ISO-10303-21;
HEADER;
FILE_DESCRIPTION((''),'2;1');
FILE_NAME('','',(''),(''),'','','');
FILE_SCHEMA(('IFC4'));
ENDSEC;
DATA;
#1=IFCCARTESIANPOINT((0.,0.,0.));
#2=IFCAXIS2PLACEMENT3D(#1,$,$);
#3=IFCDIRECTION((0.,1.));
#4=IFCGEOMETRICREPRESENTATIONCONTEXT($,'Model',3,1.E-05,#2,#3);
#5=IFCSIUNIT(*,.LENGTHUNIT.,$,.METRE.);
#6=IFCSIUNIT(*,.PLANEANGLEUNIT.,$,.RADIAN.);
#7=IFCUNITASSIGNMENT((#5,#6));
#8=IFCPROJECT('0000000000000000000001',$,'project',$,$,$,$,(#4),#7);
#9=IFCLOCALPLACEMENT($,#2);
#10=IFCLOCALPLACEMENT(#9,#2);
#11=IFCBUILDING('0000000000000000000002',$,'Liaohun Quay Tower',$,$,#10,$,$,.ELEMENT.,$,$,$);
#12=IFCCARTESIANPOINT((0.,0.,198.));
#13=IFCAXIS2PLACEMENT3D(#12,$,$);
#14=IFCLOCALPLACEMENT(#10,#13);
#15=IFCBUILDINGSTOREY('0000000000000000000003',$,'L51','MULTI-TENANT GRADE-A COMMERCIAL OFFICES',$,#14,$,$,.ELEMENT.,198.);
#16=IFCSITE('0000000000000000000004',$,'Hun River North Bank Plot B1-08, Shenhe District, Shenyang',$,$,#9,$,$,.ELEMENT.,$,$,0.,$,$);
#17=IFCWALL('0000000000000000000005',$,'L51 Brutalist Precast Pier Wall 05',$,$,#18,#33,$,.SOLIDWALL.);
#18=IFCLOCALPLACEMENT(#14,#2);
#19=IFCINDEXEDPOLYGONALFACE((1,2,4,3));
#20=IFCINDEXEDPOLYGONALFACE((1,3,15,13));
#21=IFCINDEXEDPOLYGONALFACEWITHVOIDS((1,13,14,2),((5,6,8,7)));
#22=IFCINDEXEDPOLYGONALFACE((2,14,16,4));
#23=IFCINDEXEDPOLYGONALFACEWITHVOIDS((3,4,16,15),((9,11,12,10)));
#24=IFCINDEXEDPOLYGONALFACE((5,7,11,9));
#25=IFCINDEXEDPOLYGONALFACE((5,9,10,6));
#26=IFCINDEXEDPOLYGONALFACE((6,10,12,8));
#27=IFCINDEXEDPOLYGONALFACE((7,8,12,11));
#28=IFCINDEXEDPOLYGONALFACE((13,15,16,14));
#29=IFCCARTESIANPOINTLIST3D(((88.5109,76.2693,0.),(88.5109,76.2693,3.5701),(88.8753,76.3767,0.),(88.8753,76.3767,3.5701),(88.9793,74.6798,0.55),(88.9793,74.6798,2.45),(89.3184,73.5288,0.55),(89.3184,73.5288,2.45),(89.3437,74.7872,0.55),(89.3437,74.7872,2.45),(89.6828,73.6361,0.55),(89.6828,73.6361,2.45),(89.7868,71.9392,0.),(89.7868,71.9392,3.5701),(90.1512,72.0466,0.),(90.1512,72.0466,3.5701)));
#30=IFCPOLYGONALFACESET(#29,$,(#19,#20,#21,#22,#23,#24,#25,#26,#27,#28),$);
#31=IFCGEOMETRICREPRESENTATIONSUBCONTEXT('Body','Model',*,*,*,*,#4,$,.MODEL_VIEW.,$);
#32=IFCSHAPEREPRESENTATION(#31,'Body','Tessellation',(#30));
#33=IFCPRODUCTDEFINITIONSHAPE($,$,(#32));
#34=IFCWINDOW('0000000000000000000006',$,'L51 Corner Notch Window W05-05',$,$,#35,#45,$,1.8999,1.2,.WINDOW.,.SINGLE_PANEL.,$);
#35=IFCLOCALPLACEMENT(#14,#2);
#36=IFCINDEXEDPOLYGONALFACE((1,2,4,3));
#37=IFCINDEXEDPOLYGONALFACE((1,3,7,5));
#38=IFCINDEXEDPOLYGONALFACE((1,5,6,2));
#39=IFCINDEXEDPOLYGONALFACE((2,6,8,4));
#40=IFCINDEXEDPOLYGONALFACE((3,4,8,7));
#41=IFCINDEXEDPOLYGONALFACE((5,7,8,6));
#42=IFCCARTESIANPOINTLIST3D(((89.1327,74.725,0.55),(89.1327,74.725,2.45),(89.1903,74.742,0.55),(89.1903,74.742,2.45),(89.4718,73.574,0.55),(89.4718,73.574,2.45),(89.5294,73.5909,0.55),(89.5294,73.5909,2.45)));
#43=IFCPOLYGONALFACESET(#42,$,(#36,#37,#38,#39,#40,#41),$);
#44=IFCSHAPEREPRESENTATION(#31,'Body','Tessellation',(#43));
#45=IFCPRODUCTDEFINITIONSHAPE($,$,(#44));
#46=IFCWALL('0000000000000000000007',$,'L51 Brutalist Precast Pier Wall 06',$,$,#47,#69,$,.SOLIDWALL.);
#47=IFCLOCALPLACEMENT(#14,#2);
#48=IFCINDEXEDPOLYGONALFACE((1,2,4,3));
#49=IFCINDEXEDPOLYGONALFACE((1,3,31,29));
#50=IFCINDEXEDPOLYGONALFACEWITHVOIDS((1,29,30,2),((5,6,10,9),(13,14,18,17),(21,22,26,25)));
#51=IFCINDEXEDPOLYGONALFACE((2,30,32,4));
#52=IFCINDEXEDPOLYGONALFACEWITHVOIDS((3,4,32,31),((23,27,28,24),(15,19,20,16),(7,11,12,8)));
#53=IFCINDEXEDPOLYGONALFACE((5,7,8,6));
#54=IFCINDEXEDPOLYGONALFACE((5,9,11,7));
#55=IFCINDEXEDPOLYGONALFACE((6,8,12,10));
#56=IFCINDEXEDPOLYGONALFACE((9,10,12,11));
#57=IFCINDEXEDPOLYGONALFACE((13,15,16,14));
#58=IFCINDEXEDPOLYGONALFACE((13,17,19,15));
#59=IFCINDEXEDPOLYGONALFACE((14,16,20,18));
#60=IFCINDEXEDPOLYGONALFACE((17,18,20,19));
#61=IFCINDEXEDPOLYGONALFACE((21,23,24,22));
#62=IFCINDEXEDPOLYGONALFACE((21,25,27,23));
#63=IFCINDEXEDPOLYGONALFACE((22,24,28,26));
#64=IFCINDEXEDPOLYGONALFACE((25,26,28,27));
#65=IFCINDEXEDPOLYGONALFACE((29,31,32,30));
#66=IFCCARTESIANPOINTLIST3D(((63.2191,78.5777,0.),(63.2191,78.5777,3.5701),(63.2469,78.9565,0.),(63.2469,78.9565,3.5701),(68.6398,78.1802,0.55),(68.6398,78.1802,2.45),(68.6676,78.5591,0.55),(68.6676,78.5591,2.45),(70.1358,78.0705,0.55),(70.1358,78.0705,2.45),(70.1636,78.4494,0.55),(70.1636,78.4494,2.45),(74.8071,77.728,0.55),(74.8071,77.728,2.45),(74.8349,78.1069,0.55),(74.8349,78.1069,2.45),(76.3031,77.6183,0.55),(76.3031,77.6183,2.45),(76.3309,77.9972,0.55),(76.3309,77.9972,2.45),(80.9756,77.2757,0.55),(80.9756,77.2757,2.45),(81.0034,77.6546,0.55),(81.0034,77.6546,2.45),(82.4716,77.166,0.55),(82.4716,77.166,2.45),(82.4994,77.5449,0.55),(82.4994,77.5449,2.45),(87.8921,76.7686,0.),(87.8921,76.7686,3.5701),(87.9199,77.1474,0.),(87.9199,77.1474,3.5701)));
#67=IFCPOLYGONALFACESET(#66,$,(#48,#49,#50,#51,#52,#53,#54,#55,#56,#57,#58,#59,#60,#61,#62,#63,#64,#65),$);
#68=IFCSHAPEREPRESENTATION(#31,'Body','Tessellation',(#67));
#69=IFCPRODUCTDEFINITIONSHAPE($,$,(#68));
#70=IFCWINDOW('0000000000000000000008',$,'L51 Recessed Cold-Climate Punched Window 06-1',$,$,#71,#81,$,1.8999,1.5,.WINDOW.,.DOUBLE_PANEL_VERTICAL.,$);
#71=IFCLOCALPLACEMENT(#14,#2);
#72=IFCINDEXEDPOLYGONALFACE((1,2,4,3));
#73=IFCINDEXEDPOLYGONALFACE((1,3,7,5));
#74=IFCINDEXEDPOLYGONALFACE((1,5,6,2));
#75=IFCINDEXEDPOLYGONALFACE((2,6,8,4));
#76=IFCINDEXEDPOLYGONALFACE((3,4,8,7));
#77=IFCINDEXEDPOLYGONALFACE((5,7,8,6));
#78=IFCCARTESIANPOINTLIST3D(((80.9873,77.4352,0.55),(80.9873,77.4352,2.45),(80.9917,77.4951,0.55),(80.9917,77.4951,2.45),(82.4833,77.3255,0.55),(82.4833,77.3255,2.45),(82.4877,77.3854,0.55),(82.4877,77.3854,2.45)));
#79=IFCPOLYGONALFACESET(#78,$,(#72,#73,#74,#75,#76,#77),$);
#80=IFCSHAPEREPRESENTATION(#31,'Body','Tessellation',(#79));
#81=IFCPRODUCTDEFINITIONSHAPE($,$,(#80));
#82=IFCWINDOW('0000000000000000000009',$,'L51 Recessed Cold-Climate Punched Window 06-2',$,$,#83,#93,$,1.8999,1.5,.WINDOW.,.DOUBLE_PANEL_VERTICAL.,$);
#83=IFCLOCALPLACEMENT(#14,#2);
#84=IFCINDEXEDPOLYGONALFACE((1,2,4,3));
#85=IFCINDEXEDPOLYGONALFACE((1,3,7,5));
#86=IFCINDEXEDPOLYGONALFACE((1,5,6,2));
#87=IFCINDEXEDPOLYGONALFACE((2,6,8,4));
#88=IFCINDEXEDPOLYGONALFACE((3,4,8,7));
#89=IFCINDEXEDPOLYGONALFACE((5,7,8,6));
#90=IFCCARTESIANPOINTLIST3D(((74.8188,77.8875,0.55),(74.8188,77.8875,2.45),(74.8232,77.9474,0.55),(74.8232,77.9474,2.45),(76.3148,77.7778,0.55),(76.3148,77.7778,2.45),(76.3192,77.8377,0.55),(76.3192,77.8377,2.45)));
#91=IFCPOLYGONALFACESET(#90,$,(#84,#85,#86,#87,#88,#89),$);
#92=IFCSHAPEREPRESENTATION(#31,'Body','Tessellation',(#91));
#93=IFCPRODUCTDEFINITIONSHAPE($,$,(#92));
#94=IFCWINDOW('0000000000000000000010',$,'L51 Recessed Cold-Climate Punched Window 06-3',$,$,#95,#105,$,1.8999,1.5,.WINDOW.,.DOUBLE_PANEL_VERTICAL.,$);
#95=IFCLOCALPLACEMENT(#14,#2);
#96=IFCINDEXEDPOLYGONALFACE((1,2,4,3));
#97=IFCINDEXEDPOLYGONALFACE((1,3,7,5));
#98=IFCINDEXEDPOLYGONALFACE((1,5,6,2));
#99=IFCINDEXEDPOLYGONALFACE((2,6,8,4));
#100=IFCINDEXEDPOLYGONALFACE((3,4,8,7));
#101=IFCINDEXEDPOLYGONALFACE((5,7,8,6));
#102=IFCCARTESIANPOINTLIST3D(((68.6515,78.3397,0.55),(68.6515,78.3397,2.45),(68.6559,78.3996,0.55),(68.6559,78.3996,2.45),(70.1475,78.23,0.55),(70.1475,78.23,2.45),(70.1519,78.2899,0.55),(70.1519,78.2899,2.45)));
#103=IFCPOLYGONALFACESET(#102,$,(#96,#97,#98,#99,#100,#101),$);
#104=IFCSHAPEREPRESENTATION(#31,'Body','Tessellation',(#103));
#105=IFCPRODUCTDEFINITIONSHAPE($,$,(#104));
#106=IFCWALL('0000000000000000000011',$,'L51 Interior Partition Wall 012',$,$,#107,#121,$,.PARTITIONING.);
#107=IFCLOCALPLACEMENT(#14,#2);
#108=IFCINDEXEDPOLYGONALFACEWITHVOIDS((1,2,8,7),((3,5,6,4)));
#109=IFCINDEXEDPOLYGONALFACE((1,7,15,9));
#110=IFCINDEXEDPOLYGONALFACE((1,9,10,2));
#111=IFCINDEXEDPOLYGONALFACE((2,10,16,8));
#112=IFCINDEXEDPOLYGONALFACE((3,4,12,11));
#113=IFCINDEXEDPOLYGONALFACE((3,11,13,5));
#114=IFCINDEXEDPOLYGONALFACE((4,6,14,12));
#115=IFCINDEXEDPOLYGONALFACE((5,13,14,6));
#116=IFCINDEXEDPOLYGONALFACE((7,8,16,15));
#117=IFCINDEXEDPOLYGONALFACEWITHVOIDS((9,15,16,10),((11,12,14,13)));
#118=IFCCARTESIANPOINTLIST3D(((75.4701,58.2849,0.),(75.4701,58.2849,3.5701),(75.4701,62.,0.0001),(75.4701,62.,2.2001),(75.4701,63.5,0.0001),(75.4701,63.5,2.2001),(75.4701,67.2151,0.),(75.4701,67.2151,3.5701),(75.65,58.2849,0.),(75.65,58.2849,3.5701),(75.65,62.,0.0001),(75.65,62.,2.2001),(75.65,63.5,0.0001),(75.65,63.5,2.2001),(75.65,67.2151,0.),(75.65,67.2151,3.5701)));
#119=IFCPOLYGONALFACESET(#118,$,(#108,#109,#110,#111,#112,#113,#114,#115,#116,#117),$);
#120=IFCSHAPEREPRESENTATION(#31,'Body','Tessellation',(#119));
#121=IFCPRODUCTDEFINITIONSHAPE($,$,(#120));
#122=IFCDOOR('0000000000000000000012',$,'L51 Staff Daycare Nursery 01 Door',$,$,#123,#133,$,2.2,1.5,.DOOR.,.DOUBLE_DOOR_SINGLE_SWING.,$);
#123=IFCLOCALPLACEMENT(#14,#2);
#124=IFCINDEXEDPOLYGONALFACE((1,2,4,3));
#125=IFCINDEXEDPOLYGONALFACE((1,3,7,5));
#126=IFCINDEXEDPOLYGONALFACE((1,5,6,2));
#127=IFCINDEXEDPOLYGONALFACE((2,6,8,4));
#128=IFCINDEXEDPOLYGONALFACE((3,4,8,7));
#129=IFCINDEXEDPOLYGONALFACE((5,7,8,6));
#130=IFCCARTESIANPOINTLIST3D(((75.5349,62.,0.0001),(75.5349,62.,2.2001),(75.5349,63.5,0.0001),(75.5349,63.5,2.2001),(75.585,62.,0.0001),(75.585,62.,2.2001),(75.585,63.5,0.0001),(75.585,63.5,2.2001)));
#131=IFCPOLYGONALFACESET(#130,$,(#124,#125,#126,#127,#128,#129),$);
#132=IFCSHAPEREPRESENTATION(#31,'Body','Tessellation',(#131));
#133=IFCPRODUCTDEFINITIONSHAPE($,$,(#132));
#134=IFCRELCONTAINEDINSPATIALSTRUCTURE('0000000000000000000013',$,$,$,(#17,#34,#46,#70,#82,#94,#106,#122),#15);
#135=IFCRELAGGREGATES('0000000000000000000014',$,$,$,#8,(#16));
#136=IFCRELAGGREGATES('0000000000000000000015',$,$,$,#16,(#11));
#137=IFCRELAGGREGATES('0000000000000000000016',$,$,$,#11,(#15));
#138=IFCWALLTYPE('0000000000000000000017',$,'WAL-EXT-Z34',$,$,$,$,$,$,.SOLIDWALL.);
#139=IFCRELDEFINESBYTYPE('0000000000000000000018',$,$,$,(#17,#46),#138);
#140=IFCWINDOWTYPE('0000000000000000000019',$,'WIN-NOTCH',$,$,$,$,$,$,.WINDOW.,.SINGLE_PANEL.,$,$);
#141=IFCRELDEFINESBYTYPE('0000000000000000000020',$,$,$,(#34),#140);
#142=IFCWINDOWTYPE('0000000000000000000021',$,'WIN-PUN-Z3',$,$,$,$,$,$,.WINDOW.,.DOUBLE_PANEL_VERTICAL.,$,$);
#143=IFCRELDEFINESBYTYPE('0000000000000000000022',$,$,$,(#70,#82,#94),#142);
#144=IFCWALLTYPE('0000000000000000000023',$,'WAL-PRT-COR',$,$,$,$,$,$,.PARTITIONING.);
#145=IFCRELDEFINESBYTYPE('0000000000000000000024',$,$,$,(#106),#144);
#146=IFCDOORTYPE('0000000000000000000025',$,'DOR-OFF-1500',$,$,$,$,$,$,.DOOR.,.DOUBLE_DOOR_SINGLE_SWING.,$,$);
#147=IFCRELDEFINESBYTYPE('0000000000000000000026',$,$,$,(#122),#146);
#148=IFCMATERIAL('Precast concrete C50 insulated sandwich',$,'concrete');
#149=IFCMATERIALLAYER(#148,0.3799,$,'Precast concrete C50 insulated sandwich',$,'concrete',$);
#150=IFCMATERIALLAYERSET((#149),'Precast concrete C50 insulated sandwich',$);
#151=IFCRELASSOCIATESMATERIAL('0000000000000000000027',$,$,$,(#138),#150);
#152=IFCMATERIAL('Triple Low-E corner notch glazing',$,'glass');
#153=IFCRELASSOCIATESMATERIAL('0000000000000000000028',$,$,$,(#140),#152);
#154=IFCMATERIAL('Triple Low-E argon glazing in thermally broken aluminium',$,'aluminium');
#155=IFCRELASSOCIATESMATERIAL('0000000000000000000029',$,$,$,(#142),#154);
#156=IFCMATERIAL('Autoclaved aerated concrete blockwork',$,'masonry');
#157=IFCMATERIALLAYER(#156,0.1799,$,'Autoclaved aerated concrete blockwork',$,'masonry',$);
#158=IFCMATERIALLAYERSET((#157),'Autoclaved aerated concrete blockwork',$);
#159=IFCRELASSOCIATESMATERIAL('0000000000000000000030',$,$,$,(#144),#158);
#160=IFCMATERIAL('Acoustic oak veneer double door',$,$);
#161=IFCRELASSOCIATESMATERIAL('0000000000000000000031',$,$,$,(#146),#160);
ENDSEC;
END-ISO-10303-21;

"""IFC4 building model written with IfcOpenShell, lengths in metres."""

from ifc_helpers import new_model, si_unit, direction, frame, frame_2d, origin, place, context, subcontext, project, spatial, rectangle, extrude, source, transform, mapped, material, layer, layer_set, type_object, element, fill, save


model = new_model("IFC4")

# Units and contexts
model_context = context("Model", 3, precision=1e-05, world=origin(), true_north=direction((0.0, 1.0)))
body_context = subcontext(model_context, "Body", "Model", "MODEL_VIEW")
ifc_project = project(units=[si_unit("LENGTHUNIT", "METRE"), si_unit("PLANEANGLEUNIT", "RADIAN")], contexts=[model_context])

# Site, building, storey
site_placement = place(None, origin())
site = spatial("IfcSite", under=ifc_project, at=site_placement, Name="Hun River North Bank Plot B1-08, Shenhe District, Shenyang", CompositionType="ELEMENT", RefElevation=0.0)
building_placement = place(site_placement, origin())
building = spatial("IfcBuilding", under=site, at=building_placement, Name="Liaohun Quay Tower", CompositionType="ELEMENT")
storey_placement = place(building_placement, frame((0.0, 0.0, 198.0)))
storey = spatial("IfcBuildingStorey", under=building, at=storey_placement, Name="L51", Description="MULTI-TENANT GRADE-A COMMERCIAL OFFICES", CompositionType="ELEMENT", Elevation=198.0)

# Wall, opening, window
ifc_material_1 = material(Name="Precast concrete C50 insulated sandwich", Category="concrete")
ifc_layer_1 = layer(ifc_material_1, 0.3799, Name="Precast concrete C50 insulated sandwich", Category="concrete")
ifc_layer_set_1 = layer_set([ifc_layer_1], Name="Precast concrete C50 insulated sandwich")
wall_type_1 = type_object("IfcWallType", Name="WAL-EXT-Z34", PredefinedType="SOLIDWALL", material=ifc_layer_set_1)
shared_shape_1 = source(origin(), body_context, "Body", "SweptSolid", [
    extrude(rectangle(XDim=1.2, YDim=1.8999, at=frame_2d((0.6001, 0.95))), frame((0.0, 0.2, 0.0), z_axis=(0.0, -1.0, 0.0), x_axis=(1.0, 0.0, 0.0)), (0.0, 0.0, 1.0), 0.3999),
])
ifc_material_2 = material(Name="Triple Low-E corner notch glazing", Category="glass")
window_type_1 = type_object("IfcWindowType", Name="WIN-NOTCH", PartitioningType="SINGLE_PANEL", PredefinedType="WINDOW", material=ifc_material_2)
shared_shape_2 = source(origin(), body_context, "Body", "SweptSolid", [
    extrude(rectangle(XDim=1.2, YDim=1.8999, at=frame_2d((0.6001, 0.95))), frame((0.0, 0.03, 0.0), z_axis=(0.0, -1.0, 0.0), x_axis=(1.0, 0.0, 0.0)), (0.0, 0.0, 1.0), 0.0601),
])
wall_1_placement = place(storey_placement, frame((89.969, 71.9929, 0.0), z_axis=(0.0, 0.0, 1.0), x_axis=(-0.282641, 0.959226, 0.0)))
wall_1 = element("IfcWall", 1, at=wall_1_placement, inside=storey, type_object=wall_type_1, Name="L51 Brutalist Precast Pier Wall 05", PredefinedType="SOLIDWALL", context=body_context, shape_type="SweptSolid", body=[
    extrude(rectangle(XDim=4.5142, YDim=0.3799, at=frame_2d((2.2571, 0.0))), origin(), (0.0, 0.0, 1.0), 3.5701),
])
opening_1_placement = place(wall_1_placement, frame((1.657, 0.0, 0.55)))
opening_1 = element("IfcOpeningElement", 2, at=opening_1_placement, cuts=wall_1, PredefinedType="OPENING", context=body_context, shape_type="MappedRepresentation", body=[
    mapped(shared_shape_1, transform((0.0, 0.0, 0.0), x_axis=(1.0, 0.0, 0.0), y_axis=(0.0, 1.0, 0.0), z_axis=(0.0, 0.0, 1.0), scale=1.0)),
])
window_1_placement = place(opening_1_placement, origin())
window_1 = element("IfcWindow", 3, at=window_1_placement, inside=storey, type_object=window_type_1, Name="L51 Corner Notch Window W05-05", OverallHeight=1.8999, OverallWidth=1.2, PartitioningType="SINGLE_PANEL", PredefinedType="WINDOW", context=body_context, shape_type="MappedRepresentation", body=[
    mapped(shared_shape_2, transform((0.0, 0.0, 0.0), x_axis=(1.0, 0.0, 0.0), y_axis=(0.0, 1.0, 0.0), z_axis=(0.0, 0.0, 1.0), scale=1.0)),
])
fill(opening_1, window_1)

# Wall, openings, windows
wall_2_placement = place(storey_placement, frame((87.906, 76.958, 0.0), z_axis=(0.0, 0.0, 1.0), x_axis=(-0.997323, 0.073126, 0.0)))
wall_2 = element("IfcWall", 4, at=wall_2_placement, inside=storey, type_object=wall_type_1, Name="L51 Brutalist Precast Pier Wall 06", PredefinedType="SOLIDWALL", context=body_context, shape_type="SweptSolid", body=[
    extrude(rectangle(XDim=24.7393, YDim=0.3799, at=frame_2d((12.3696, 0.0))), origin(), (0.0, 0.0, 1.0), 3.5701),
])
shared_shape_3 = source(origin(), body_context, "Body", "SweptSolid", [
    extrude(rectangle(XDim=1.5, YDim=1.8999, at=frame_2d((0.75, 0.95))), frame((0.0, 0.2, 0.0), z_axis=(0.0, -1.0, 0.0), x_axis=(1.0, 0.0, 0.0)), (0.0, 0.0, 1.0), 0.3999),
])
opening_2_placement = place(wall_2_placement, frame((5.4351, 0.0, 0.55)))
opening_2 = element("IfcOpeningElement", 5, at=opening_2_placement, cuts=wall_2, PredefinedType="OPENING", context=body_context, shape_type="MappedRepresentation", body=[
    mapped(shared_shape_3, transform((0.0, 0.0, 0.0), x_axis=(1.0, 0.0, 0.0), y_axis=(0.0, 1.0, 0.0), z_axis=(0.0, 0.0, 1.0), scale=1.0)),
])
opening_3_placement = place(wall_2_placement, frame((11.6201, 0.0, 0.55)))
opening_3 = element("IfcOpeningElement", 6, at=opening_3_placement, cuts=wall_2, PredefinedType="OPENING", context=body_context, shape_type="MappedRepresentation", body=[
    mapped(shared_shape_3, transform((0.0, 0.0, 0.0), x_axis=(1.0, 0.0, 0.0), y_axis=(0.0, 1.0, 0.0), z_axis=(0.0, 0.0, 1.0), scale=1.0)),
])
opening_4_placement = place(wall_2_placement, frame((17.804, 0.0, 0.55)))
opening_4 = element("IfcOpeningElement", 7, at=opening_4_placement, cuts=wall_2, PredefinedType="OPENING", context=body_context, shape_type="MappedRepresentation", body=[
    mapped(shared_shape_3, transform((0.0, 0.0, 0.0), x_axis=(1.0, 0.0, 0.0), y_axis=(0.0, 1.0, 0.0), z_axis=(0.0, 0.0, 1.0), scale=1.0)),
])
ifc_material_3 = material(Name="Triple Low-E argon glazing in thermally broken aluminium", Category="aluminium")
window_type_2 = type_object("IfcWindowType", Name="WIN-PUN-Z3", PartitioningType="DOUBLE_PANEL_VERTICAL", PredefinedType="WINDOW", material=ifc_material_3)
shared_shape_4 = source(origin(), body_context, "Body", "SweptSolid", [
    extrude(rectangle(XDim=1.5, YDim=1.8999, at=frame_2d((0.75, 0.95))), frame((0.0, 0.03, 0.0), z_axis=(0.0, -1.0, 0.0), x_axis=(1.0, 0.0, 0.0)), (0.0, 0.0, 1.0), 0.0601),
])
window_2_placement = place(opening_2_placement, origin())
window_2 = element("IfcWindow", 8, at=window_2_placement, inside=storey, type_object=window_type_2, Name="L51 Recessed Cold-Climate Punched Window 06-1", OverallHeight=1.8999, OverallWidth=1.5, PartitioningType="DOUBLE_PANEL_VERTICAL", PredefinedType="WINDOW", context=body_context, shape_type="MappedRepresentation", body=[
    mapped(shared_shape_4, transform((0.0, 0.0, 0.0), x_axis=(1.0, 0.0, 0.0), y_axis=(0.0, 1.0, 0.0), z_axis=(0.0, 0.0, 1.0), scale=1.0)),
])
fill(opening_2, window_2)
window_3_placement = place(opening_3_placement, origin())
window_3 = element("IfcWindow", 9, at=window_3_placement, inside=storey, type_object=window_type_2, Name="L51 Recessed Cold-Climate Punched Window 06-2", OverallHeight=1.8999, OverallWidth=1.5, PartitioningType="DOUBLE_PANEL_VERTICAL", PredefinedType="WINDOW", context=body_context, shape_type="MappedRepresentation", body=[
    mapped(shared_shape_4, transform((0.0, 0.0, 0.0), x_axis=(1.0, 0.0, 0.0), y_axis=(0.0, 1.0, 0.0), z_axis=(0.0, 0.0, 1.0), scale=1.0)),
])
fill(opening_3, window_3)
window_4_placement = place(opening_4_placement, origin())
window_4 = element("IfcWindow", 10, at=window_4_placement, inside=storey, type_object=window_type_2, Name="L51 Recessed Cold-Climate Punched Window 06-3", OverallHeight=1.8999, OverallWidth=1.5, PartitioningType="DOUBLE_PANEL_VERTICAL", PredefinedType="WINDOW", context=body_context, shape_type="MappedRepresentation", body=[
    mapped(shared_shape_4, transform((0.0, 0.0, 0.0), x_axis=(1.0, 0.0, 0.0), y_axis=(0.0, 1.0, 0.0), z_axis=(0.0, 0.0, 1.0), scale=1.0)),
])
fill(opening_4, window_4)

# Wall, opening, door
ifc_material_4 = material(Name="Autoclaved aerated concrete blockwork", Category="masonry")
ifc_layer_2 = layer(ifc_material_4, 0.1799, Name="Autoclaved aerated concrete blockwork", Category="masonry")
ifc_layer_set_2 = layer_set([ifc_layer_2], Name="Autoclaved aerated concrete blockwork")
wall_type_2 = type_object("IfcWallType", Name="WAL-PRT-COR", PredefinedType="PARTITIONING", material=ifc_layer_set_2)
wall_3_placement = place(storey_placement, frame((75.5601, 67.2151, 0.0), z_axis=(0.0, 0.0, 1.0), x_axis=(0.0, -1.0, 0.0)))
wall_3 = element("IfcWall", 11, at=wall_3_placement, inside=storey, type_object=wall_type_2, Name="L51 Interior Partition Wall 012", PredefinedType="PARTITIONING", context=body_context, shape_type="SweptSolid", body=[
    extrude(rectangle(XDim=8.9302, YDim=0.1799, at=frame_2d((4.4651, 0.0))), origin(), (0.0, 0.0, 1.0), 3.5701),
])
shared_shape_5 = source(origin(), body_context, "Body", "SweptSolid", [
    extrude(rectangle(XDim=1.5, YDim=2.2, at=frame_2d((0.75, 1.1001))), frame((0.0, 0.0999, 0.0), z_axis=(0.0, -1.0, 0.0), x_axis=(1.0, 0.0, 0.0)), (0.0, 0.0, 1.0), 0.2),
])
opening_5_placement = place(wall_3_placement, frame((3.7151, 0.0, 0.0)))
opening_5 = element("IfcOpeningElement", 12, at=opening_5_placement, cuts=wall_3, PredefinedType="OPENING", context=body_context, shape_type="MappedRepresentation", body=[
    mapped(shared_shape_5, transform((0.0, 0.0, 0.0), x_axis=(1.0, 0.0, 0.0), y_axis=(0.0, 1.0, 0.0), z_axis=(0.0, 0.0, 1.0), scale=1.0)),
])
ifc_material_5 = material(Name="Acoustic oak veneer double door")
door_type = type_object("IfcDoorType", Name="DOR-OFF-1500", OperationType="DOUBLE_DOOR_SINGLE_SWING", PredefinedType="DOOR", material=ifc_material_5)
shared_shape_6 = source(origin(), body_context, "Body", "SweptSolid", [
    extrude(rectangle(XDim=1.5, YDim=2.2, at=frame_2d((0.75, 1.1001))), frame((0.0, 0.0249, 0.0), z_axis=(0.0, -1.0, 0.0), x_axis=(1.0, 0.0, 0.0)), (0.0, 0.0, 1.0), 0.05),
])
door_1_placement = place(opening_5_placement, origin())
door_1 = element("IfcDoor", 13, at=door_1_placement, inside=storey, type_object=door_type, Name="L51 Staff Daycare Nursery 01 Door", OperationType="DOUBLE_DOOR_SINGLE_SWING", OverallHeight=2.2, OverallWidth=1.5, PredefinedType="DOOR", context=body_context, shape_type="MappedRepresentation", body=[
    mapped(shared_shape_6, transform((0.0, 0.0, 0.0), x_axis=(1.0, 0.0, 0.0), y_axis=(0.0, 1.0, 0.0), z_axis=(0.0, 0.0, 1.0), scale=1.0)),
])
fill(opening_5, door_1)

save(model, "model.ifc")
